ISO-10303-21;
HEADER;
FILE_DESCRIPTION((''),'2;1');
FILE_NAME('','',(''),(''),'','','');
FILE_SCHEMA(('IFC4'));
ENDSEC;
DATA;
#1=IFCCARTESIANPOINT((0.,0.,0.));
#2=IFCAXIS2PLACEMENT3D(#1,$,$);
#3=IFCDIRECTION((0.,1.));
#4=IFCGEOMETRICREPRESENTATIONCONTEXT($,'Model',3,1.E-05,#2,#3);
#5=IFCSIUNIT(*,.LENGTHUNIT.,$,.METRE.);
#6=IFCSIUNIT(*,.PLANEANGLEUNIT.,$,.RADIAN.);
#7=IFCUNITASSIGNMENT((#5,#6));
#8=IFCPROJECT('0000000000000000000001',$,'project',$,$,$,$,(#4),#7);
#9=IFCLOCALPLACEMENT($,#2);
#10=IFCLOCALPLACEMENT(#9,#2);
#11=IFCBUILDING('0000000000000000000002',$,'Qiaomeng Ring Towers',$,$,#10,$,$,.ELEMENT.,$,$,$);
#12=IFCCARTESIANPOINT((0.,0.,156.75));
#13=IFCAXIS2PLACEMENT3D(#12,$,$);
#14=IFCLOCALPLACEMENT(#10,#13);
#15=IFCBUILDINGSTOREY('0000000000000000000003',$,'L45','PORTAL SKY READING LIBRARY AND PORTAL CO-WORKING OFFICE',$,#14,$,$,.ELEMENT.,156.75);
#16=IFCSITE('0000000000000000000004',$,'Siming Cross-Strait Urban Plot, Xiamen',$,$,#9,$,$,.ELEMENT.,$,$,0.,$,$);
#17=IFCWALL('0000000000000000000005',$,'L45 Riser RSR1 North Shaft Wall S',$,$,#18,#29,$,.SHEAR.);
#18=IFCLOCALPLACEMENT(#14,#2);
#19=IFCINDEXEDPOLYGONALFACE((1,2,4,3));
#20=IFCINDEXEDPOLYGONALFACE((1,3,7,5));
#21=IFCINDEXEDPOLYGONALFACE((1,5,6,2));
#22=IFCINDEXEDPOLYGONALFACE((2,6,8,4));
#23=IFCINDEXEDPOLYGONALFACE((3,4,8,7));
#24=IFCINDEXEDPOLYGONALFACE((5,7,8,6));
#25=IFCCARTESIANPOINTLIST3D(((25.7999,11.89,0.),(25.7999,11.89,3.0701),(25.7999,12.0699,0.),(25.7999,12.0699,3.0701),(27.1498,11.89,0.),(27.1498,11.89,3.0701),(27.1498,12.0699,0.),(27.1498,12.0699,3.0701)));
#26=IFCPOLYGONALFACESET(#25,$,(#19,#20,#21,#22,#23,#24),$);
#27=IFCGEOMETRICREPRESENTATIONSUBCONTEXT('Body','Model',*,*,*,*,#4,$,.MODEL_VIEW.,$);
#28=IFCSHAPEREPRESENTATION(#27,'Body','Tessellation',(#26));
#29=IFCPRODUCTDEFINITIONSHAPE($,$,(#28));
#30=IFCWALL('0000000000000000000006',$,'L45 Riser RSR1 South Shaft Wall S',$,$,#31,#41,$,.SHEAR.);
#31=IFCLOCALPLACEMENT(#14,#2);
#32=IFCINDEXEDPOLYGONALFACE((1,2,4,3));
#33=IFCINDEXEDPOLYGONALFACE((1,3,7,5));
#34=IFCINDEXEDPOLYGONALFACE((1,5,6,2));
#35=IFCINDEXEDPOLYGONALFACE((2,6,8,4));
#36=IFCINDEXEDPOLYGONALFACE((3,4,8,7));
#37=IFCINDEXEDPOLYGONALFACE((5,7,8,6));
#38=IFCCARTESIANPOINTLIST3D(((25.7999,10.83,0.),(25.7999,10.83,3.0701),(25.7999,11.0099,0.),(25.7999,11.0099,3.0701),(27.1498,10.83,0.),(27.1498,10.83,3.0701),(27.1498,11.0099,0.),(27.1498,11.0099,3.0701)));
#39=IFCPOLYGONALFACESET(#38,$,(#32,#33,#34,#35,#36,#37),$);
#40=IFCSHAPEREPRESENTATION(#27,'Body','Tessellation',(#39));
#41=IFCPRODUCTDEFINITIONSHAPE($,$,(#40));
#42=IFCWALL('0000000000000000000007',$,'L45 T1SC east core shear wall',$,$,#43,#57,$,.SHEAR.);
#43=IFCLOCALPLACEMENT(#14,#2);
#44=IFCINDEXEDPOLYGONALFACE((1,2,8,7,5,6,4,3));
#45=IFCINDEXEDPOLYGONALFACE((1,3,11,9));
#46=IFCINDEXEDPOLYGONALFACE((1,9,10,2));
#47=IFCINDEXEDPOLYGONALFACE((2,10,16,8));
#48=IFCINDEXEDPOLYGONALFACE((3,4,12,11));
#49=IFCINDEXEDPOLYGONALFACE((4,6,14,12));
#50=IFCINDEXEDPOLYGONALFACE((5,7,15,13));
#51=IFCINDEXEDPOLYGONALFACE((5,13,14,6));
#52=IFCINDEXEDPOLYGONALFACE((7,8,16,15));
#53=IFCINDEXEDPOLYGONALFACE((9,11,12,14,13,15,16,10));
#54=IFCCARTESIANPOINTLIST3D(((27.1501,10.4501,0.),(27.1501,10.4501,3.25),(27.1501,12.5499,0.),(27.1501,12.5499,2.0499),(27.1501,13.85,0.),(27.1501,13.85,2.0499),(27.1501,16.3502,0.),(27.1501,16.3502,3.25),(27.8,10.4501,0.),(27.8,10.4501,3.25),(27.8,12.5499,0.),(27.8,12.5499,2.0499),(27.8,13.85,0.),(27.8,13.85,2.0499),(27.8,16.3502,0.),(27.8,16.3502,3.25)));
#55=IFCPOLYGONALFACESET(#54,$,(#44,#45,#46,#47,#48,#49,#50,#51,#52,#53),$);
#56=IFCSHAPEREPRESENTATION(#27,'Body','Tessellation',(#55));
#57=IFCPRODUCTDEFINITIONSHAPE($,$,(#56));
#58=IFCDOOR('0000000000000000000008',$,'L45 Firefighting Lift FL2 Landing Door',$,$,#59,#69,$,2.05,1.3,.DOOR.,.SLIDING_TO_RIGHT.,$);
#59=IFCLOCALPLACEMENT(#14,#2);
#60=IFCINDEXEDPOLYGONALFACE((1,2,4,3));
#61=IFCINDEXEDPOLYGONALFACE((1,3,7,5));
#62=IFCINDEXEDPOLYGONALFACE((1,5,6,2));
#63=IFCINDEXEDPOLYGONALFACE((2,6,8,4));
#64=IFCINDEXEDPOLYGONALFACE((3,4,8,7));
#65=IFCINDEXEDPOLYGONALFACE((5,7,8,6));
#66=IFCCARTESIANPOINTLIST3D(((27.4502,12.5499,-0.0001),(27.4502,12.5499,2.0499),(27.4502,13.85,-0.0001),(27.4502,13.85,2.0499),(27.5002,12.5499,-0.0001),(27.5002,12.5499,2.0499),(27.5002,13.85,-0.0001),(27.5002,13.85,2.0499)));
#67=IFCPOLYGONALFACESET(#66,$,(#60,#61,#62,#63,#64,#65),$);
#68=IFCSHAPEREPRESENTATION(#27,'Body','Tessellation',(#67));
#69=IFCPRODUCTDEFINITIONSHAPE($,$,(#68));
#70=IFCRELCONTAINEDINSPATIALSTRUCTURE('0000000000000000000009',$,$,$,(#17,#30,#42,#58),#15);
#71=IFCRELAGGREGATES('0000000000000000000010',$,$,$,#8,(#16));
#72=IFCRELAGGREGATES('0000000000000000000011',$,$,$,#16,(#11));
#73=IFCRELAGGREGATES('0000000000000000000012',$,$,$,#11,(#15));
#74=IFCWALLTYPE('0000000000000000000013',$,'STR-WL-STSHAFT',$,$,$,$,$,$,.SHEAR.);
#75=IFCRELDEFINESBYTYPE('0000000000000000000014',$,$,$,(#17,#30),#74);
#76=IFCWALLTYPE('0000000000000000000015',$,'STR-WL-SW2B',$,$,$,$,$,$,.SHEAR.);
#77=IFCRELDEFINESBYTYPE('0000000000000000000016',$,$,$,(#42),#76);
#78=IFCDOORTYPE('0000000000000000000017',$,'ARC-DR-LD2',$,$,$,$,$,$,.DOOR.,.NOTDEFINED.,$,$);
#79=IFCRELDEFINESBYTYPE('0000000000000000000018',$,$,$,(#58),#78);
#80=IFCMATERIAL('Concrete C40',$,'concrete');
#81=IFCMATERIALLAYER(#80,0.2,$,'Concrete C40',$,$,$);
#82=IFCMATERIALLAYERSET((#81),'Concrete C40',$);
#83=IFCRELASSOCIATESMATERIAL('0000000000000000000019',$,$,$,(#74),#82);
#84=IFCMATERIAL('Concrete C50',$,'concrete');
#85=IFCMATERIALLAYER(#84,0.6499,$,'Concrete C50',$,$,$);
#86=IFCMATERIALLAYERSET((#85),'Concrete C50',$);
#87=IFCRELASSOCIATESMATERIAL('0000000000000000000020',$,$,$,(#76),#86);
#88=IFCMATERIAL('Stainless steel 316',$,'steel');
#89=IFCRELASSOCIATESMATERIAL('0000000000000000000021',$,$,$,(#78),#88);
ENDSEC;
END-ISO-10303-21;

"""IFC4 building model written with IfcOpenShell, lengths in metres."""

from ifc_helpers import new_model, si_unit, direction, frame, frame_2d, origin, place, context, subcontext, project, spatial, rectangle, extrude, source, transform, mapped, material, layer, layer_set, type_object, element, fill, save


model = new_model("IFC4")

# Units and contexts
model_context = context("Model", 3, precision=1e-05, world=origin(), true_north=direction((0.0, 1.0)))
body_context = subcontext(model_context, "Body", "Model", "MODEL_VIEW")
ifc_project = project(units=[si_unit("LENGTHUNIT", "METRE"), si_unit("PLANEANGLEUNIT", "RADIAN")], contexts=[model_context])

# Site, building, storey
site_placement = place(None, origin())
site = spatial("IfcSite", under=ifc_project, at=site_placement, Name="Siming Cross-Strait Urban Plot, Xiamen", CompositionType="ELEMENT", RefElevation=0.0)
building_placement = place(site_placement, origin())
building = spatial("IfcBuilding", under=site, at=building_placement, Name="Qiaomeng Ring Towers", CompositionType="ELEMENT")
storey_placement = place(building_placement, frame((0.0, 0.0, 156.75)))
storey = spatial("IfcBuildingStorey", under=building, at=storey_placement, Name="L45", Description="PORTAL SKY READING LIBRARY AND PORTAL CO-WORKING OFFICE", CompositionType="ELEMENT", Elevation=156.75)

# Shared definitions
ifc_material_1 = material(Name="Concrete C50", Category="concrete")

# Walls
ifc_material_2 = material(Name="Concrete C40", Category="concrete")
ifc_layer_1 = layer(ifc_material_2, 0.2, Name="Concrete C40")
ifc_layer_set_1 = layer_set([ifc_layer_1], Name="Concrete C40")
wall_type_1 = type_object("IfcWallType", Name="STR-WL-STSHAFT", PredefinedType="SHEAR", material=ifc_layer_set_1)
for number, where, z_axis, x_axis, name in (
    (1, (25.8, 11.98, 0.0), (0.0, 0.0, 1.0), (1.0, 0.0, 0.0), "L45 Riser RSR1 North Shaft Wall S"),
    (2, (25.8, 10.9199, 0.0), (0.0, 0.0, 1.0), (1.0, 0.0, 0.0), "L45 Riser RSR1 South Shaft Wall S"),
):
    element("IfcWall", number, at=place(storey_placement, frame(where, z_axis=z_axis, x_axis=x_axis)), inside=storey, type_object=wall_type_1, Name=name, PredefinedType="SHEAR", context=body_context, shape_type="SweptSolid", body=[
        extrude(rectangle(XDim=1.3499, YDim=0.1799, at=frame_2d((0.6748, 0.0))), origin(), (0.0, 0.0, 1.0), 3.0701),
    ])

# Wall, opening, door
ifc_layer_2 = layer(ifc_material_1, 0.6499, Name="Concrete C50")
ifc_layer_set_2 = layer_set([ifc_layer_2], Name="Concrete C50")
wall_type_2 = type_object("IfcWallType", Name="STR-WL-SW2B", PredefinedType="SHEAR", material=ifc_layer_set_2)
wall_1_placement = place(storey_placement, frame((27.4751, 10.45, 0.0), z_axis=(0.0, 0.0, 1.0), x_axis=(0.0, 1.0, 0.0)))
wall_1 = element("IfcWall", 3, at=wall_1_placement, inside=storey, type_object=wall_type_2, Name="L45 T1SC east core shear wall", PredefinedType="SHEAR", context=body_context, shape_type="SweptSolid", body=[
    extrude(rectangle(XDim=5.9001, YDim=0.6499, at=frame_2d((2.9502, 0.0))), origin(), (0.0, 0.0, 1.0), 3.25),
])
opening_1_placement = place(wall_1_placement, frame((2.1001, 0.0, 0.0)))
opening_1 = element("IfcOpeningElement", 4, at=opening_1_placement, cuts=wall_1, PredefinedType="OPENING", context=body_context, shape_type="SweptSolid", body=[
    extrude(rectangle(XDim=1.3, YDim=2.05, at=frame_2d((0.6499, 1.0249))), frame((0.0, 0.335, 0.0), z_axis=(0.0, -1.0, 0.0), x_axis=(1.0, 0.0, 0.0)), (0.0, 0.0, 1.0), 0.6699),
])
ifc_material_3 = material(Name="Stainless steel 316", Category="steel")
door_type_1 = type_object("IfcDoorType", Name="ARC-DR-LD2", OperationType="NOTDEFINED", PredefinedType="DOOR", material=ifc_material_3)
shared_shape_1 = source(origin(), body_context, "Body", "SweptSolid", [
    extrude(rectangle(XDim=1.3, YDim=2.05, at=frame_2d((0.6499, 1.0249))), frame((0.0, 0.0249, 0.0), z_axis=(0.0, -1.0, 0.0), x_axis=(1.0, 0.0, 0.0)), (0.0, 0.0, 1.0), 0.05),
])
door_1_placement = place(opening_1_placement, origin())
door_1 = element("IfcDoor", 5, at=door_1_placement, inside=storey, type_object=door_type_1, Name="L45 Firefighting Lift FL2 Landing Door", OperationType="SLIDING_TO_RIGHT", OverallHeight=2.05, OverallWidth=1.3, PredefinedType="DOOR", context=body_context, shape_type="MappedRepresentation", body=[
    mapped(shared_shape_1, transform((0.0, 0.0, 0.0), x_axis=(1.0, 0.0, 0.0), y_axis=(0.0, 1.0, 0.0), z_axis=(0.0, 0.0, 1.0), scale=1.0)),
])
fill(opening_1, door_1)

save(model, "model.ifc")
